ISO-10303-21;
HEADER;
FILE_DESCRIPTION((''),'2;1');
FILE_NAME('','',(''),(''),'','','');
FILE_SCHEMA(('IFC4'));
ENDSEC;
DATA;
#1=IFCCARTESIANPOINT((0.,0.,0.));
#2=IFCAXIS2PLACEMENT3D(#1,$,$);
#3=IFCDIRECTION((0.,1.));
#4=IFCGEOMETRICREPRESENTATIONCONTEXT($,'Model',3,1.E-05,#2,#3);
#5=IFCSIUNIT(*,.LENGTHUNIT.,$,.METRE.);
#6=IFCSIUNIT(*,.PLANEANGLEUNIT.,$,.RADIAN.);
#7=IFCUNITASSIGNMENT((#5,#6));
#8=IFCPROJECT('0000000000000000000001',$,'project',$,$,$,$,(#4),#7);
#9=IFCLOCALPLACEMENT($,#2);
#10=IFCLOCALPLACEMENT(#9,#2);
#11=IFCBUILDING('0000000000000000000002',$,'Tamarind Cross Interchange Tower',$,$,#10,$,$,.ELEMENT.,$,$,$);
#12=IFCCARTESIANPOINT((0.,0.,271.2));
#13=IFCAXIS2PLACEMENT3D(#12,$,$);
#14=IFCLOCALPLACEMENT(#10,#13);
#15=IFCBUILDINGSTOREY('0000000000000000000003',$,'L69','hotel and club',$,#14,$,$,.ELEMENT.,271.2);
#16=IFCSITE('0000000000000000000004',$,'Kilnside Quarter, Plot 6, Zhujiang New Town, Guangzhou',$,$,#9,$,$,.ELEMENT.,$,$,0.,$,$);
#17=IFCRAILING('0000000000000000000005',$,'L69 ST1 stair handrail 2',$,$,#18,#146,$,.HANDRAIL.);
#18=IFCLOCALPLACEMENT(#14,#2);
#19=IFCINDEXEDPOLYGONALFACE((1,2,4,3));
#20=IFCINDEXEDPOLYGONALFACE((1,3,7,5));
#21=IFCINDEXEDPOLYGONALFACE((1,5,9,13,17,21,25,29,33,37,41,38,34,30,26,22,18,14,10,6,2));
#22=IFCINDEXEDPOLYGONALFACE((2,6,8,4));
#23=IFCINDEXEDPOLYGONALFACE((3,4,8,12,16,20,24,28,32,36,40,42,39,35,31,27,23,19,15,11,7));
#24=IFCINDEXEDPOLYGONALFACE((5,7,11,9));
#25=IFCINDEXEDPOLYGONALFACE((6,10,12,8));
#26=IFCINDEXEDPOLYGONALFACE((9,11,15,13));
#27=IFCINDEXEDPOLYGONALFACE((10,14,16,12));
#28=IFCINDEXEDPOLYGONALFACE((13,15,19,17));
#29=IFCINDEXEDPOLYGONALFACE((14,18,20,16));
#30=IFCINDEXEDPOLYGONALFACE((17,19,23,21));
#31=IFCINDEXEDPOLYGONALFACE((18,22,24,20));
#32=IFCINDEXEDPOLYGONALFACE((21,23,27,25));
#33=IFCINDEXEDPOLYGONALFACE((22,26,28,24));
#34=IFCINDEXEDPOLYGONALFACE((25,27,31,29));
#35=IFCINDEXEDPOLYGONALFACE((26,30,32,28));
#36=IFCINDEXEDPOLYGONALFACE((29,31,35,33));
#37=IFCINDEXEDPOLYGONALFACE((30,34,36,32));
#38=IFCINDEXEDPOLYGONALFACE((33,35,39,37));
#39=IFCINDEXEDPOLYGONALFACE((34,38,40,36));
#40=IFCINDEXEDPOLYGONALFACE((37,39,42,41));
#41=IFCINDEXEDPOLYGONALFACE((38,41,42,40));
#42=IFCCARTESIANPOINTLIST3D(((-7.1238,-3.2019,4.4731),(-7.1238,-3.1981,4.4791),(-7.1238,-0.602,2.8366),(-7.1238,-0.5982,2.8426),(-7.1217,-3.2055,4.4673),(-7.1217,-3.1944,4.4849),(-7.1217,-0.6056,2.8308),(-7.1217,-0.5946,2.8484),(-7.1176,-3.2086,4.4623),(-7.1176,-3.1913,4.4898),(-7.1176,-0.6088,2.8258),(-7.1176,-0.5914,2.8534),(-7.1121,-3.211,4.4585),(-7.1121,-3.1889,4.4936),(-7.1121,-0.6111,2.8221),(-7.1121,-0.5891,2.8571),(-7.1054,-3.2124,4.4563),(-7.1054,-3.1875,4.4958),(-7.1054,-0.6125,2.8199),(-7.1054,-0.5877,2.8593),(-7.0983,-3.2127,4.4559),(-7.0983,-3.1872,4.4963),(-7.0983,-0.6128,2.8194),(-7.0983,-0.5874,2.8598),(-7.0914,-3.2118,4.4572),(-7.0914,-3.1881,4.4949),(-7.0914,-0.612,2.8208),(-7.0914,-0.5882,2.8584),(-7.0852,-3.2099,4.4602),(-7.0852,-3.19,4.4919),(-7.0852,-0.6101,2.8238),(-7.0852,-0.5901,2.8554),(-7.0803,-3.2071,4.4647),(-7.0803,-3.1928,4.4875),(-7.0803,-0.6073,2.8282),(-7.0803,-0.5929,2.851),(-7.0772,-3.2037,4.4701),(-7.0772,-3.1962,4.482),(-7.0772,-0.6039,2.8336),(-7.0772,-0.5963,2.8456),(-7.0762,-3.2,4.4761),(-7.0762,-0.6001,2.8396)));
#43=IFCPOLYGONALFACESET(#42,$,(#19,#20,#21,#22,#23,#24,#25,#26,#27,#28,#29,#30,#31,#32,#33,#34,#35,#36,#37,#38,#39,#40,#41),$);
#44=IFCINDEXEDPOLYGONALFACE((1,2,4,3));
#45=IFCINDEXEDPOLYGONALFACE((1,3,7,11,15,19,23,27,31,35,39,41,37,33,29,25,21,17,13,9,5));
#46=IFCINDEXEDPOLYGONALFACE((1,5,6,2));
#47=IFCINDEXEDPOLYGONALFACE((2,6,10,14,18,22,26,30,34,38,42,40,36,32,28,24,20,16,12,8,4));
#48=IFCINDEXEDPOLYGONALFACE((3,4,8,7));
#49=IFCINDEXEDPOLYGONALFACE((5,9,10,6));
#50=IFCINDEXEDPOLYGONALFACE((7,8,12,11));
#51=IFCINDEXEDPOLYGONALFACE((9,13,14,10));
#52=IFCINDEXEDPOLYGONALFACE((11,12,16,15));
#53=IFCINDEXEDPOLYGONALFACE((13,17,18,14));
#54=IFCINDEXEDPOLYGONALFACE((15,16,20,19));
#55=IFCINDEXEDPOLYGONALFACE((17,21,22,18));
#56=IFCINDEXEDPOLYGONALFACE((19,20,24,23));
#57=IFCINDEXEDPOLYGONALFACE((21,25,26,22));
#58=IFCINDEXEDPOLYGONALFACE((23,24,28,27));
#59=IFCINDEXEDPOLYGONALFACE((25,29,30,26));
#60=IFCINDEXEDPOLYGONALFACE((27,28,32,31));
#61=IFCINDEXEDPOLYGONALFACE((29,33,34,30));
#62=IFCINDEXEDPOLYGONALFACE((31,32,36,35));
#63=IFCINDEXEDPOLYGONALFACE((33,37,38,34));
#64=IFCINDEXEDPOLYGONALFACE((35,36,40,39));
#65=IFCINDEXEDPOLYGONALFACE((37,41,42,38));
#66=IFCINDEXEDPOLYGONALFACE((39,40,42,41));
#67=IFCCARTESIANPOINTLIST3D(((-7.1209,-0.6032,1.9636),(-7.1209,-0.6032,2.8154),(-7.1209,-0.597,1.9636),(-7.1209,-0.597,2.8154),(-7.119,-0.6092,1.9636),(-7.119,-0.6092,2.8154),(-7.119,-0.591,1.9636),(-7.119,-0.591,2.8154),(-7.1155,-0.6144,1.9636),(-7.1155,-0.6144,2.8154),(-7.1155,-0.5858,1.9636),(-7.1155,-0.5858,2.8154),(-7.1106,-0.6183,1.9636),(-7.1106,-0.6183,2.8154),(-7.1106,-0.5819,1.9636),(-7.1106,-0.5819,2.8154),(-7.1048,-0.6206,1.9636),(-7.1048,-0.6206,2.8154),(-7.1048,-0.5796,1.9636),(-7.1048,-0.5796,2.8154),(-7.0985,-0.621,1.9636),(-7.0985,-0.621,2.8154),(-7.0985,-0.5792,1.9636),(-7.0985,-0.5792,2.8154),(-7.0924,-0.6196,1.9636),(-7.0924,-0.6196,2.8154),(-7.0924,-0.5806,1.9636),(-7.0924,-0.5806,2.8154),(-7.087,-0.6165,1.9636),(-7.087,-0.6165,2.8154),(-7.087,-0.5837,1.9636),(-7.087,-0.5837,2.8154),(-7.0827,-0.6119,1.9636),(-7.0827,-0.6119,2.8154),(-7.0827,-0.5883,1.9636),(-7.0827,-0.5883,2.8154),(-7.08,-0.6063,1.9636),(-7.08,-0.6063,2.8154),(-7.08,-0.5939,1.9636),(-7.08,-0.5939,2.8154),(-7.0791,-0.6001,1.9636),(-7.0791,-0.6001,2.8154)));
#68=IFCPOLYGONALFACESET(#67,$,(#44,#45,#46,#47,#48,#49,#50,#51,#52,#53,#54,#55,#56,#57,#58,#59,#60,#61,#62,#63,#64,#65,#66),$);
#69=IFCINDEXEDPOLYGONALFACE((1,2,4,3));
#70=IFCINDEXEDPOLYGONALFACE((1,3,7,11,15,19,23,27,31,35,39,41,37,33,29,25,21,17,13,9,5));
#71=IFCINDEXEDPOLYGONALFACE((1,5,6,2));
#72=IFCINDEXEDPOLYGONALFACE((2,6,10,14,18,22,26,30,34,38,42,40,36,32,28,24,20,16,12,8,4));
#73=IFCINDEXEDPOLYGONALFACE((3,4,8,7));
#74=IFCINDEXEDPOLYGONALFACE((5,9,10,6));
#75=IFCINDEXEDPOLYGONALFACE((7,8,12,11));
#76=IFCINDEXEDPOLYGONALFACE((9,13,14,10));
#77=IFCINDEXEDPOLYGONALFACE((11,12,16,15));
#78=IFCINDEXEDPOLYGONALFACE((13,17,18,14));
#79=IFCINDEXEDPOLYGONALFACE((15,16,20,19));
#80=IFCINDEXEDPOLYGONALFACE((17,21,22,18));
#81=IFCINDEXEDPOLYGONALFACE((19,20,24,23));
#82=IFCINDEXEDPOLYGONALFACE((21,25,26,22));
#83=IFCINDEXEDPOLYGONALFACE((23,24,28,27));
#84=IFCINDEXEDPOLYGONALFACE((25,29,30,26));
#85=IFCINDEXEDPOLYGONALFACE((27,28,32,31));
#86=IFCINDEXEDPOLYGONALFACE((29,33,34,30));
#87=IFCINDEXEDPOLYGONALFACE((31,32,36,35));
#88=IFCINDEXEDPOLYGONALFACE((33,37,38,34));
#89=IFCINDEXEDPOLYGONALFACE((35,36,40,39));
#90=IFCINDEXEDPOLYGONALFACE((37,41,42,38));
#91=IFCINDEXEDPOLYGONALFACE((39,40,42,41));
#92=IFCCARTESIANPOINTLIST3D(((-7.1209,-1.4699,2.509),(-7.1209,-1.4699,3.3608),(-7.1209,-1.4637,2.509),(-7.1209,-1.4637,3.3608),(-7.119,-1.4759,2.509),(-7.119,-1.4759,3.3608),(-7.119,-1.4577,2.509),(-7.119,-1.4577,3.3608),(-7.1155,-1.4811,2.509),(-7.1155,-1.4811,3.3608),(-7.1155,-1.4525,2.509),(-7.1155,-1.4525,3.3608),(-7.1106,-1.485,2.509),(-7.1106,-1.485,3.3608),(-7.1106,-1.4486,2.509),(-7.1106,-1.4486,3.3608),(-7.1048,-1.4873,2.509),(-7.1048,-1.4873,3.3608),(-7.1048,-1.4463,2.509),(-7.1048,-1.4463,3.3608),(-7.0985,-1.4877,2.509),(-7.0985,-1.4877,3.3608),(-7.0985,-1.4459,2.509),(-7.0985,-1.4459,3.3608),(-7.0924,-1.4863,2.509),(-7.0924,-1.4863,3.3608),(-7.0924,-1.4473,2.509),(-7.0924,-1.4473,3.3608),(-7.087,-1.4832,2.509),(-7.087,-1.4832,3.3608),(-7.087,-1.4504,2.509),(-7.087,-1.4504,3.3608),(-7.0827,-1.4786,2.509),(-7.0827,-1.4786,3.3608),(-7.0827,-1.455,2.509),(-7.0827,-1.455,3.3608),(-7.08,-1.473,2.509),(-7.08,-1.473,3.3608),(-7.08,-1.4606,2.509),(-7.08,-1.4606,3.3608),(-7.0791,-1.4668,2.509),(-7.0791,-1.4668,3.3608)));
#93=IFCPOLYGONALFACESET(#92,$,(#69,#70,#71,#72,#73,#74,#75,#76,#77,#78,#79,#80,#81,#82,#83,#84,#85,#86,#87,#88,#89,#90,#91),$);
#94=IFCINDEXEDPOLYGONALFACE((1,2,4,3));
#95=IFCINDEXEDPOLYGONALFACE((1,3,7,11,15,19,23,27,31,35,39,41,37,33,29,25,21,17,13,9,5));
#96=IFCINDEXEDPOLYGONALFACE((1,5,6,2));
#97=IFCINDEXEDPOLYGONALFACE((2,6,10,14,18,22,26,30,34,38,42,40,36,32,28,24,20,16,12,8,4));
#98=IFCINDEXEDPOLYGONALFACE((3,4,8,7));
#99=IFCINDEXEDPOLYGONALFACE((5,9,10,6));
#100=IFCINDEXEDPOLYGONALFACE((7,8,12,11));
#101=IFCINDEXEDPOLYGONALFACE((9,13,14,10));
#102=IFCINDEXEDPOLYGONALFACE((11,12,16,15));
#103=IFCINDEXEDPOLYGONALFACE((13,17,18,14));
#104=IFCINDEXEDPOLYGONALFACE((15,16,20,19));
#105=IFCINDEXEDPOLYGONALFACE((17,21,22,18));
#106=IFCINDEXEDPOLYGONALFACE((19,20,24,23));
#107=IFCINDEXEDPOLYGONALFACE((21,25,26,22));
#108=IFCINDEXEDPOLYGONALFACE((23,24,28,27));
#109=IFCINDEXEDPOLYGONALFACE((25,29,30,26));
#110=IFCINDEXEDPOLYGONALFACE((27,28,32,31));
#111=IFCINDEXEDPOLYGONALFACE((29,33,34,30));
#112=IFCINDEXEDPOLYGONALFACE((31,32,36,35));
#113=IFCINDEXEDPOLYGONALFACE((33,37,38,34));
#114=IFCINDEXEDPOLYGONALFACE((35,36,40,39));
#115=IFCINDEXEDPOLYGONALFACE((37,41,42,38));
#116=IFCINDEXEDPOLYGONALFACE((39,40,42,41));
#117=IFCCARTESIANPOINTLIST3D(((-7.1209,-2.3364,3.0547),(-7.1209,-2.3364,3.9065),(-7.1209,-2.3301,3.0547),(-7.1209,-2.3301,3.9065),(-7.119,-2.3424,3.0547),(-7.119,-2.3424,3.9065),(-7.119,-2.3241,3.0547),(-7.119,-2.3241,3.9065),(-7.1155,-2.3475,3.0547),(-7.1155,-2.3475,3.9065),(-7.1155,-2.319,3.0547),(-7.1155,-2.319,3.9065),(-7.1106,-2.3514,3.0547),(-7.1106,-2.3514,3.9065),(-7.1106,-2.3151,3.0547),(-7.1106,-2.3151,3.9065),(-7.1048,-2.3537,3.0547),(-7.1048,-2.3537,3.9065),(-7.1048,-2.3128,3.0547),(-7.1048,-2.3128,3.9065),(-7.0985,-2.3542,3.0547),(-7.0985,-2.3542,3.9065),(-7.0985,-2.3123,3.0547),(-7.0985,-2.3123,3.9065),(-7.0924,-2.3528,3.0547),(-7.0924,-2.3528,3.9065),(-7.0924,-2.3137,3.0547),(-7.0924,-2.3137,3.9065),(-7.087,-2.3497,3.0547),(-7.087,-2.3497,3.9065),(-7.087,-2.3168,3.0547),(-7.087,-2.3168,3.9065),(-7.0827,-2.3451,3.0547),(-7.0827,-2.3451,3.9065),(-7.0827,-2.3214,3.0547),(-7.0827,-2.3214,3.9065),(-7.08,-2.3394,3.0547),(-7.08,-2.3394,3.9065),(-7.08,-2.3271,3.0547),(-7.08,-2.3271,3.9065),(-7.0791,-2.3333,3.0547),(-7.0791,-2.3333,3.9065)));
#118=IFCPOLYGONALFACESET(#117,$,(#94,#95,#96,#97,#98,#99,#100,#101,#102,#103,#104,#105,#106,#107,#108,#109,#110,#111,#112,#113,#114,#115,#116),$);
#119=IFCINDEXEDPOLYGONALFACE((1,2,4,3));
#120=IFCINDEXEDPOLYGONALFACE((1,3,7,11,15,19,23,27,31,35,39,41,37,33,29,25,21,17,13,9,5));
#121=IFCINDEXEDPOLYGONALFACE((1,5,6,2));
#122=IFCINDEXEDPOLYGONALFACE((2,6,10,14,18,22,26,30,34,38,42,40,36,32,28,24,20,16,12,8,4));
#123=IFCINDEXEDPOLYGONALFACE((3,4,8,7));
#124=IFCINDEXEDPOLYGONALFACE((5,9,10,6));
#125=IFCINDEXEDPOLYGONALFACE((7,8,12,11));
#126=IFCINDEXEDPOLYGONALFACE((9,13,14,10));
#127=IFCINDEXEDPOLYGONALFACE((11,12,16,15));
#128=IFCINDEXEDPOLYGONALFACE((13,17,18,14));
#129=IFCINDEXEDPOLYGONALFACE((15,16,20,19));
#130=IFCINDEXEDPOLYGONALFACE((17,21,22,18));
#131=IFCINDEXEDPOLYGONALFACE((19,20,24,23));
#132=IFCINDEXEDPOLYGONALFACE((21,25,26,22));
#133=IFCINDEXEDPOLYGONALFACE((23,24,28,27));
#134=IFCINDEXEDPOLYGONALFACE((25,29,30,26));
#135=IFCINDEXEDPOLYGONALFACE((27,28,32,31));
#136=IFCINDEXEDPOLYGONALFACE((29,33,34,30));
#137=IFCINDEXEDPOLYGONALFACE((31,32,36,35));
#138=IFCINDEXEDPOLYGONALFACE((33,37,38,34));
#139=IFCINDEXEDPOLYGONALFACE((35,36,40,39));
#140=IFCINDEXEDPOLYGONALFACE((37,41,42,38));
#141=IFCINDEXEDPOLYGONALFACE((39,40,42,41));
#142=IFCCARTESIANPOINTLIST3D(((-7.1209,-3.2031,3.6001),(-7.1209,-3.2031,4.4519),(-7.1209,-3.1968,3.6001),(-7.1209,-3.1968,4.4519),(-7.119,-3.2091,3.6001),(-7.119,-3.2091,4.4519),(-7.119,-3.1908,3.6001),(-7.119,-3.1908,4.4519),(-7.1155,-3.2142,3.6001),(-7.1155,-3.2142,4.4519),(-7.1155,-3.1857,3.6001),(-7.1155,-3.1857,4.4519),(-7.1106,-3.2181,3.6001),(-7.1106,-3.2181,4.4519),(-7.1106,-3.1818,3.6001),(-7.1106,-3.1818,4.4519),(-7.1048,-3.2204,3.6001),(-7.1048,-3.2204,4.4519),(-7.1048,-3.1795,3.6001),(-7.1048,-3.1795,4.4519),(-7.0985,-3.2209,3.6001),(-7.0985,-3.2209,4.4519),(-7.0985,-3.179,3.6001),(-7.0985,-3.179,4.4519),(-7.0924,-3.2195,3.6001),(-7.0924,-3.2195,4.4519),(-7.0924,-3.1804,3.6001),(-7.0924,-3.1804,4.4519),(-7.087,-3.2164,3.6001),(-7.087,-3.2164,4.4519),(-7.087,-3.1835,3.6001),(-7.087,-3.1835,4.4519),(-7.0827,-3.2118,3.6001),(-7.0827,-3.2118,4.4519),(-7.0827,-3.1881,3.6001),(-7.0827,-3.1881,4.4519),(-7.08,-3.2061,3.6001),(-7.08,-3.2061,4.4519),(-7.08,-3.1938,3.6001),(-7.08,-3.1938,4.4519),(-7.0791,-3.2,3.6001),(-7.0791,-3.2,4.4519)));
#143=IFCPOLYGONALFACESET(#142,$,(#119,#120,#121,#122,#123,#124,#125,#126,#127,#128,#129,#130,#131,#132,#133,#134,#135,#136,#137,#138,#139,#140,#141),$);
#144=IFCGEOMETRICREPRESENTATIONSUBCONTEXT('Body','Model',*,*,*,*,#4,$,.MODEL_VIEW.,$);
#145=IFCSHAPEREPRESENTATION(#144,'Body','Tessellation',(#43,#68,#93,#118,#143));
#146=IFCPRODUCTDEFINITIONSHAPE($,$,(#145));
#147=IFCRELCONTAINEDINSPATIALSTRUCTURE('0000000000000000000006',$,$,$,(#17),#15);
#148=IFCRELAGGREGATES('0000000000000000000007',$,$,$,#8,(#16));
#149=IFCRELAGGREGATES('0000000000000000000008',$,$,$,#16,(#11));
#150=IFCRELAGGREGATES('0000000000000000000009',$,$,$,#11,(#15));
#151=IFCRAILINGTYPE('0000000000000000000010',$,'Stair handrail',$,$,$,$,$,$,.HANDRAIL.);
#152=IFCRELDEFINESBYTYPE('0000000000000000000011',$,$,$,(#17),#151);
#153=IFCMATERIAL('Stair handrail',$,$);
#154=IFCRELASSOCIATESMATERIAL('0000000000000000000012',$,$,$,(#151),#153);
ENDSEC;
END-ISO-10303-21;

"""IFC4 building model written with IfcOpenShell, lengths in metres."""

from ifc_helpers import new_model, si_unit, direction, frame, origin, origin_2d, place, context, subcontext, project, spatial, circle, extrude, material, type_object, element, save


model = new_model("IFC4")

# Units and contexts
model_context = context("Model", 3, precision=1e-05, world=origin(), true_north=direction((0.0, 1.0)))
body_context = subcontext(model_context, "Body", "Model", "MODEL_VIEW")
ifc_project = project(units=[si_unit("LENGTHUNIT", "METRE"), si_unit("PLANEANGLEUNIT", "RADIAN")], contexts=[model_context])

# Site, building, storey
site_placement = place(None, origin())
site = spatial("IfcSite", under=ifc_project, at=site_placement, Name="Kilnside Quarter, Plot 6, Zhujiang New Town, Guangzhou", CompositionType="ELEMENT", RefElevation=0.0)
building_placement = place(site_placement, origin())
building = spatial("IfcBuilding", under=site, at=building_placement, Name="Tamarind Cross Interchange Tower", CompositionType="ELEMENT")
storey_placement = place(building_placement, frame((0.0, 0.0, 271.2)))
storey = spatial("IfcBuildingStorey", under=building, at=storey_placement, Name="L69", Description="hotel and club", CompositionType="ELEMENT", Elevation=271.2)

# Railing
ifc_material_1 = material(Name="Stair handrail")
railing_type_1 = type_object("IfcRailingType", Name="Stair handrail", PredefinedType="HANDRAIL", material=ifc_material_1)
railing_1_placement = place(storey_placement, frame((-7.1001, -0.6001, 1.9636)))
element("IfcRailing", 1, at=railing_1_placement, inside=storey, type_object=railing_type_1, Name="L69 ST1 stair handrail 2", PredefinedType="HANDRAIL", context=body_context, shape_type="SweptSolid", body=[
    extrude(circle(Radius=0.0239, at=origin_2d()), frame((0.0, 0.0, 0.876), z_axis=(0.0, -0.846302, 0.532704), x_axis=(1.0, 0.0, 0.0)), (0.0, 0.0, 1.0), 3.072),
    extrude(circle(Radius=0.021, at=origin_2d()), origin(), (0.0, 0.0, 1.0), 0.8518),
    extrude(circle(Radius=0.021, at=origin_2d()), frame((0.0, -0.8667, 0.5454)), (0.0, 0.0, 1.0), 0.8518),
    extrude(circle(Radius=0.021, at=origin_2d()), frame((0.0, -1.7332, 1.0911)), (0.0, 0.0, 1.0), 0.8518),
    extrude(circle(Radius=0.021, at=origin_2d()), frame((0.0, -2.5999, 1.6365)), (0.0, 0.0, 1.0), 0.8518),
])

save(model, "model.ifc")
